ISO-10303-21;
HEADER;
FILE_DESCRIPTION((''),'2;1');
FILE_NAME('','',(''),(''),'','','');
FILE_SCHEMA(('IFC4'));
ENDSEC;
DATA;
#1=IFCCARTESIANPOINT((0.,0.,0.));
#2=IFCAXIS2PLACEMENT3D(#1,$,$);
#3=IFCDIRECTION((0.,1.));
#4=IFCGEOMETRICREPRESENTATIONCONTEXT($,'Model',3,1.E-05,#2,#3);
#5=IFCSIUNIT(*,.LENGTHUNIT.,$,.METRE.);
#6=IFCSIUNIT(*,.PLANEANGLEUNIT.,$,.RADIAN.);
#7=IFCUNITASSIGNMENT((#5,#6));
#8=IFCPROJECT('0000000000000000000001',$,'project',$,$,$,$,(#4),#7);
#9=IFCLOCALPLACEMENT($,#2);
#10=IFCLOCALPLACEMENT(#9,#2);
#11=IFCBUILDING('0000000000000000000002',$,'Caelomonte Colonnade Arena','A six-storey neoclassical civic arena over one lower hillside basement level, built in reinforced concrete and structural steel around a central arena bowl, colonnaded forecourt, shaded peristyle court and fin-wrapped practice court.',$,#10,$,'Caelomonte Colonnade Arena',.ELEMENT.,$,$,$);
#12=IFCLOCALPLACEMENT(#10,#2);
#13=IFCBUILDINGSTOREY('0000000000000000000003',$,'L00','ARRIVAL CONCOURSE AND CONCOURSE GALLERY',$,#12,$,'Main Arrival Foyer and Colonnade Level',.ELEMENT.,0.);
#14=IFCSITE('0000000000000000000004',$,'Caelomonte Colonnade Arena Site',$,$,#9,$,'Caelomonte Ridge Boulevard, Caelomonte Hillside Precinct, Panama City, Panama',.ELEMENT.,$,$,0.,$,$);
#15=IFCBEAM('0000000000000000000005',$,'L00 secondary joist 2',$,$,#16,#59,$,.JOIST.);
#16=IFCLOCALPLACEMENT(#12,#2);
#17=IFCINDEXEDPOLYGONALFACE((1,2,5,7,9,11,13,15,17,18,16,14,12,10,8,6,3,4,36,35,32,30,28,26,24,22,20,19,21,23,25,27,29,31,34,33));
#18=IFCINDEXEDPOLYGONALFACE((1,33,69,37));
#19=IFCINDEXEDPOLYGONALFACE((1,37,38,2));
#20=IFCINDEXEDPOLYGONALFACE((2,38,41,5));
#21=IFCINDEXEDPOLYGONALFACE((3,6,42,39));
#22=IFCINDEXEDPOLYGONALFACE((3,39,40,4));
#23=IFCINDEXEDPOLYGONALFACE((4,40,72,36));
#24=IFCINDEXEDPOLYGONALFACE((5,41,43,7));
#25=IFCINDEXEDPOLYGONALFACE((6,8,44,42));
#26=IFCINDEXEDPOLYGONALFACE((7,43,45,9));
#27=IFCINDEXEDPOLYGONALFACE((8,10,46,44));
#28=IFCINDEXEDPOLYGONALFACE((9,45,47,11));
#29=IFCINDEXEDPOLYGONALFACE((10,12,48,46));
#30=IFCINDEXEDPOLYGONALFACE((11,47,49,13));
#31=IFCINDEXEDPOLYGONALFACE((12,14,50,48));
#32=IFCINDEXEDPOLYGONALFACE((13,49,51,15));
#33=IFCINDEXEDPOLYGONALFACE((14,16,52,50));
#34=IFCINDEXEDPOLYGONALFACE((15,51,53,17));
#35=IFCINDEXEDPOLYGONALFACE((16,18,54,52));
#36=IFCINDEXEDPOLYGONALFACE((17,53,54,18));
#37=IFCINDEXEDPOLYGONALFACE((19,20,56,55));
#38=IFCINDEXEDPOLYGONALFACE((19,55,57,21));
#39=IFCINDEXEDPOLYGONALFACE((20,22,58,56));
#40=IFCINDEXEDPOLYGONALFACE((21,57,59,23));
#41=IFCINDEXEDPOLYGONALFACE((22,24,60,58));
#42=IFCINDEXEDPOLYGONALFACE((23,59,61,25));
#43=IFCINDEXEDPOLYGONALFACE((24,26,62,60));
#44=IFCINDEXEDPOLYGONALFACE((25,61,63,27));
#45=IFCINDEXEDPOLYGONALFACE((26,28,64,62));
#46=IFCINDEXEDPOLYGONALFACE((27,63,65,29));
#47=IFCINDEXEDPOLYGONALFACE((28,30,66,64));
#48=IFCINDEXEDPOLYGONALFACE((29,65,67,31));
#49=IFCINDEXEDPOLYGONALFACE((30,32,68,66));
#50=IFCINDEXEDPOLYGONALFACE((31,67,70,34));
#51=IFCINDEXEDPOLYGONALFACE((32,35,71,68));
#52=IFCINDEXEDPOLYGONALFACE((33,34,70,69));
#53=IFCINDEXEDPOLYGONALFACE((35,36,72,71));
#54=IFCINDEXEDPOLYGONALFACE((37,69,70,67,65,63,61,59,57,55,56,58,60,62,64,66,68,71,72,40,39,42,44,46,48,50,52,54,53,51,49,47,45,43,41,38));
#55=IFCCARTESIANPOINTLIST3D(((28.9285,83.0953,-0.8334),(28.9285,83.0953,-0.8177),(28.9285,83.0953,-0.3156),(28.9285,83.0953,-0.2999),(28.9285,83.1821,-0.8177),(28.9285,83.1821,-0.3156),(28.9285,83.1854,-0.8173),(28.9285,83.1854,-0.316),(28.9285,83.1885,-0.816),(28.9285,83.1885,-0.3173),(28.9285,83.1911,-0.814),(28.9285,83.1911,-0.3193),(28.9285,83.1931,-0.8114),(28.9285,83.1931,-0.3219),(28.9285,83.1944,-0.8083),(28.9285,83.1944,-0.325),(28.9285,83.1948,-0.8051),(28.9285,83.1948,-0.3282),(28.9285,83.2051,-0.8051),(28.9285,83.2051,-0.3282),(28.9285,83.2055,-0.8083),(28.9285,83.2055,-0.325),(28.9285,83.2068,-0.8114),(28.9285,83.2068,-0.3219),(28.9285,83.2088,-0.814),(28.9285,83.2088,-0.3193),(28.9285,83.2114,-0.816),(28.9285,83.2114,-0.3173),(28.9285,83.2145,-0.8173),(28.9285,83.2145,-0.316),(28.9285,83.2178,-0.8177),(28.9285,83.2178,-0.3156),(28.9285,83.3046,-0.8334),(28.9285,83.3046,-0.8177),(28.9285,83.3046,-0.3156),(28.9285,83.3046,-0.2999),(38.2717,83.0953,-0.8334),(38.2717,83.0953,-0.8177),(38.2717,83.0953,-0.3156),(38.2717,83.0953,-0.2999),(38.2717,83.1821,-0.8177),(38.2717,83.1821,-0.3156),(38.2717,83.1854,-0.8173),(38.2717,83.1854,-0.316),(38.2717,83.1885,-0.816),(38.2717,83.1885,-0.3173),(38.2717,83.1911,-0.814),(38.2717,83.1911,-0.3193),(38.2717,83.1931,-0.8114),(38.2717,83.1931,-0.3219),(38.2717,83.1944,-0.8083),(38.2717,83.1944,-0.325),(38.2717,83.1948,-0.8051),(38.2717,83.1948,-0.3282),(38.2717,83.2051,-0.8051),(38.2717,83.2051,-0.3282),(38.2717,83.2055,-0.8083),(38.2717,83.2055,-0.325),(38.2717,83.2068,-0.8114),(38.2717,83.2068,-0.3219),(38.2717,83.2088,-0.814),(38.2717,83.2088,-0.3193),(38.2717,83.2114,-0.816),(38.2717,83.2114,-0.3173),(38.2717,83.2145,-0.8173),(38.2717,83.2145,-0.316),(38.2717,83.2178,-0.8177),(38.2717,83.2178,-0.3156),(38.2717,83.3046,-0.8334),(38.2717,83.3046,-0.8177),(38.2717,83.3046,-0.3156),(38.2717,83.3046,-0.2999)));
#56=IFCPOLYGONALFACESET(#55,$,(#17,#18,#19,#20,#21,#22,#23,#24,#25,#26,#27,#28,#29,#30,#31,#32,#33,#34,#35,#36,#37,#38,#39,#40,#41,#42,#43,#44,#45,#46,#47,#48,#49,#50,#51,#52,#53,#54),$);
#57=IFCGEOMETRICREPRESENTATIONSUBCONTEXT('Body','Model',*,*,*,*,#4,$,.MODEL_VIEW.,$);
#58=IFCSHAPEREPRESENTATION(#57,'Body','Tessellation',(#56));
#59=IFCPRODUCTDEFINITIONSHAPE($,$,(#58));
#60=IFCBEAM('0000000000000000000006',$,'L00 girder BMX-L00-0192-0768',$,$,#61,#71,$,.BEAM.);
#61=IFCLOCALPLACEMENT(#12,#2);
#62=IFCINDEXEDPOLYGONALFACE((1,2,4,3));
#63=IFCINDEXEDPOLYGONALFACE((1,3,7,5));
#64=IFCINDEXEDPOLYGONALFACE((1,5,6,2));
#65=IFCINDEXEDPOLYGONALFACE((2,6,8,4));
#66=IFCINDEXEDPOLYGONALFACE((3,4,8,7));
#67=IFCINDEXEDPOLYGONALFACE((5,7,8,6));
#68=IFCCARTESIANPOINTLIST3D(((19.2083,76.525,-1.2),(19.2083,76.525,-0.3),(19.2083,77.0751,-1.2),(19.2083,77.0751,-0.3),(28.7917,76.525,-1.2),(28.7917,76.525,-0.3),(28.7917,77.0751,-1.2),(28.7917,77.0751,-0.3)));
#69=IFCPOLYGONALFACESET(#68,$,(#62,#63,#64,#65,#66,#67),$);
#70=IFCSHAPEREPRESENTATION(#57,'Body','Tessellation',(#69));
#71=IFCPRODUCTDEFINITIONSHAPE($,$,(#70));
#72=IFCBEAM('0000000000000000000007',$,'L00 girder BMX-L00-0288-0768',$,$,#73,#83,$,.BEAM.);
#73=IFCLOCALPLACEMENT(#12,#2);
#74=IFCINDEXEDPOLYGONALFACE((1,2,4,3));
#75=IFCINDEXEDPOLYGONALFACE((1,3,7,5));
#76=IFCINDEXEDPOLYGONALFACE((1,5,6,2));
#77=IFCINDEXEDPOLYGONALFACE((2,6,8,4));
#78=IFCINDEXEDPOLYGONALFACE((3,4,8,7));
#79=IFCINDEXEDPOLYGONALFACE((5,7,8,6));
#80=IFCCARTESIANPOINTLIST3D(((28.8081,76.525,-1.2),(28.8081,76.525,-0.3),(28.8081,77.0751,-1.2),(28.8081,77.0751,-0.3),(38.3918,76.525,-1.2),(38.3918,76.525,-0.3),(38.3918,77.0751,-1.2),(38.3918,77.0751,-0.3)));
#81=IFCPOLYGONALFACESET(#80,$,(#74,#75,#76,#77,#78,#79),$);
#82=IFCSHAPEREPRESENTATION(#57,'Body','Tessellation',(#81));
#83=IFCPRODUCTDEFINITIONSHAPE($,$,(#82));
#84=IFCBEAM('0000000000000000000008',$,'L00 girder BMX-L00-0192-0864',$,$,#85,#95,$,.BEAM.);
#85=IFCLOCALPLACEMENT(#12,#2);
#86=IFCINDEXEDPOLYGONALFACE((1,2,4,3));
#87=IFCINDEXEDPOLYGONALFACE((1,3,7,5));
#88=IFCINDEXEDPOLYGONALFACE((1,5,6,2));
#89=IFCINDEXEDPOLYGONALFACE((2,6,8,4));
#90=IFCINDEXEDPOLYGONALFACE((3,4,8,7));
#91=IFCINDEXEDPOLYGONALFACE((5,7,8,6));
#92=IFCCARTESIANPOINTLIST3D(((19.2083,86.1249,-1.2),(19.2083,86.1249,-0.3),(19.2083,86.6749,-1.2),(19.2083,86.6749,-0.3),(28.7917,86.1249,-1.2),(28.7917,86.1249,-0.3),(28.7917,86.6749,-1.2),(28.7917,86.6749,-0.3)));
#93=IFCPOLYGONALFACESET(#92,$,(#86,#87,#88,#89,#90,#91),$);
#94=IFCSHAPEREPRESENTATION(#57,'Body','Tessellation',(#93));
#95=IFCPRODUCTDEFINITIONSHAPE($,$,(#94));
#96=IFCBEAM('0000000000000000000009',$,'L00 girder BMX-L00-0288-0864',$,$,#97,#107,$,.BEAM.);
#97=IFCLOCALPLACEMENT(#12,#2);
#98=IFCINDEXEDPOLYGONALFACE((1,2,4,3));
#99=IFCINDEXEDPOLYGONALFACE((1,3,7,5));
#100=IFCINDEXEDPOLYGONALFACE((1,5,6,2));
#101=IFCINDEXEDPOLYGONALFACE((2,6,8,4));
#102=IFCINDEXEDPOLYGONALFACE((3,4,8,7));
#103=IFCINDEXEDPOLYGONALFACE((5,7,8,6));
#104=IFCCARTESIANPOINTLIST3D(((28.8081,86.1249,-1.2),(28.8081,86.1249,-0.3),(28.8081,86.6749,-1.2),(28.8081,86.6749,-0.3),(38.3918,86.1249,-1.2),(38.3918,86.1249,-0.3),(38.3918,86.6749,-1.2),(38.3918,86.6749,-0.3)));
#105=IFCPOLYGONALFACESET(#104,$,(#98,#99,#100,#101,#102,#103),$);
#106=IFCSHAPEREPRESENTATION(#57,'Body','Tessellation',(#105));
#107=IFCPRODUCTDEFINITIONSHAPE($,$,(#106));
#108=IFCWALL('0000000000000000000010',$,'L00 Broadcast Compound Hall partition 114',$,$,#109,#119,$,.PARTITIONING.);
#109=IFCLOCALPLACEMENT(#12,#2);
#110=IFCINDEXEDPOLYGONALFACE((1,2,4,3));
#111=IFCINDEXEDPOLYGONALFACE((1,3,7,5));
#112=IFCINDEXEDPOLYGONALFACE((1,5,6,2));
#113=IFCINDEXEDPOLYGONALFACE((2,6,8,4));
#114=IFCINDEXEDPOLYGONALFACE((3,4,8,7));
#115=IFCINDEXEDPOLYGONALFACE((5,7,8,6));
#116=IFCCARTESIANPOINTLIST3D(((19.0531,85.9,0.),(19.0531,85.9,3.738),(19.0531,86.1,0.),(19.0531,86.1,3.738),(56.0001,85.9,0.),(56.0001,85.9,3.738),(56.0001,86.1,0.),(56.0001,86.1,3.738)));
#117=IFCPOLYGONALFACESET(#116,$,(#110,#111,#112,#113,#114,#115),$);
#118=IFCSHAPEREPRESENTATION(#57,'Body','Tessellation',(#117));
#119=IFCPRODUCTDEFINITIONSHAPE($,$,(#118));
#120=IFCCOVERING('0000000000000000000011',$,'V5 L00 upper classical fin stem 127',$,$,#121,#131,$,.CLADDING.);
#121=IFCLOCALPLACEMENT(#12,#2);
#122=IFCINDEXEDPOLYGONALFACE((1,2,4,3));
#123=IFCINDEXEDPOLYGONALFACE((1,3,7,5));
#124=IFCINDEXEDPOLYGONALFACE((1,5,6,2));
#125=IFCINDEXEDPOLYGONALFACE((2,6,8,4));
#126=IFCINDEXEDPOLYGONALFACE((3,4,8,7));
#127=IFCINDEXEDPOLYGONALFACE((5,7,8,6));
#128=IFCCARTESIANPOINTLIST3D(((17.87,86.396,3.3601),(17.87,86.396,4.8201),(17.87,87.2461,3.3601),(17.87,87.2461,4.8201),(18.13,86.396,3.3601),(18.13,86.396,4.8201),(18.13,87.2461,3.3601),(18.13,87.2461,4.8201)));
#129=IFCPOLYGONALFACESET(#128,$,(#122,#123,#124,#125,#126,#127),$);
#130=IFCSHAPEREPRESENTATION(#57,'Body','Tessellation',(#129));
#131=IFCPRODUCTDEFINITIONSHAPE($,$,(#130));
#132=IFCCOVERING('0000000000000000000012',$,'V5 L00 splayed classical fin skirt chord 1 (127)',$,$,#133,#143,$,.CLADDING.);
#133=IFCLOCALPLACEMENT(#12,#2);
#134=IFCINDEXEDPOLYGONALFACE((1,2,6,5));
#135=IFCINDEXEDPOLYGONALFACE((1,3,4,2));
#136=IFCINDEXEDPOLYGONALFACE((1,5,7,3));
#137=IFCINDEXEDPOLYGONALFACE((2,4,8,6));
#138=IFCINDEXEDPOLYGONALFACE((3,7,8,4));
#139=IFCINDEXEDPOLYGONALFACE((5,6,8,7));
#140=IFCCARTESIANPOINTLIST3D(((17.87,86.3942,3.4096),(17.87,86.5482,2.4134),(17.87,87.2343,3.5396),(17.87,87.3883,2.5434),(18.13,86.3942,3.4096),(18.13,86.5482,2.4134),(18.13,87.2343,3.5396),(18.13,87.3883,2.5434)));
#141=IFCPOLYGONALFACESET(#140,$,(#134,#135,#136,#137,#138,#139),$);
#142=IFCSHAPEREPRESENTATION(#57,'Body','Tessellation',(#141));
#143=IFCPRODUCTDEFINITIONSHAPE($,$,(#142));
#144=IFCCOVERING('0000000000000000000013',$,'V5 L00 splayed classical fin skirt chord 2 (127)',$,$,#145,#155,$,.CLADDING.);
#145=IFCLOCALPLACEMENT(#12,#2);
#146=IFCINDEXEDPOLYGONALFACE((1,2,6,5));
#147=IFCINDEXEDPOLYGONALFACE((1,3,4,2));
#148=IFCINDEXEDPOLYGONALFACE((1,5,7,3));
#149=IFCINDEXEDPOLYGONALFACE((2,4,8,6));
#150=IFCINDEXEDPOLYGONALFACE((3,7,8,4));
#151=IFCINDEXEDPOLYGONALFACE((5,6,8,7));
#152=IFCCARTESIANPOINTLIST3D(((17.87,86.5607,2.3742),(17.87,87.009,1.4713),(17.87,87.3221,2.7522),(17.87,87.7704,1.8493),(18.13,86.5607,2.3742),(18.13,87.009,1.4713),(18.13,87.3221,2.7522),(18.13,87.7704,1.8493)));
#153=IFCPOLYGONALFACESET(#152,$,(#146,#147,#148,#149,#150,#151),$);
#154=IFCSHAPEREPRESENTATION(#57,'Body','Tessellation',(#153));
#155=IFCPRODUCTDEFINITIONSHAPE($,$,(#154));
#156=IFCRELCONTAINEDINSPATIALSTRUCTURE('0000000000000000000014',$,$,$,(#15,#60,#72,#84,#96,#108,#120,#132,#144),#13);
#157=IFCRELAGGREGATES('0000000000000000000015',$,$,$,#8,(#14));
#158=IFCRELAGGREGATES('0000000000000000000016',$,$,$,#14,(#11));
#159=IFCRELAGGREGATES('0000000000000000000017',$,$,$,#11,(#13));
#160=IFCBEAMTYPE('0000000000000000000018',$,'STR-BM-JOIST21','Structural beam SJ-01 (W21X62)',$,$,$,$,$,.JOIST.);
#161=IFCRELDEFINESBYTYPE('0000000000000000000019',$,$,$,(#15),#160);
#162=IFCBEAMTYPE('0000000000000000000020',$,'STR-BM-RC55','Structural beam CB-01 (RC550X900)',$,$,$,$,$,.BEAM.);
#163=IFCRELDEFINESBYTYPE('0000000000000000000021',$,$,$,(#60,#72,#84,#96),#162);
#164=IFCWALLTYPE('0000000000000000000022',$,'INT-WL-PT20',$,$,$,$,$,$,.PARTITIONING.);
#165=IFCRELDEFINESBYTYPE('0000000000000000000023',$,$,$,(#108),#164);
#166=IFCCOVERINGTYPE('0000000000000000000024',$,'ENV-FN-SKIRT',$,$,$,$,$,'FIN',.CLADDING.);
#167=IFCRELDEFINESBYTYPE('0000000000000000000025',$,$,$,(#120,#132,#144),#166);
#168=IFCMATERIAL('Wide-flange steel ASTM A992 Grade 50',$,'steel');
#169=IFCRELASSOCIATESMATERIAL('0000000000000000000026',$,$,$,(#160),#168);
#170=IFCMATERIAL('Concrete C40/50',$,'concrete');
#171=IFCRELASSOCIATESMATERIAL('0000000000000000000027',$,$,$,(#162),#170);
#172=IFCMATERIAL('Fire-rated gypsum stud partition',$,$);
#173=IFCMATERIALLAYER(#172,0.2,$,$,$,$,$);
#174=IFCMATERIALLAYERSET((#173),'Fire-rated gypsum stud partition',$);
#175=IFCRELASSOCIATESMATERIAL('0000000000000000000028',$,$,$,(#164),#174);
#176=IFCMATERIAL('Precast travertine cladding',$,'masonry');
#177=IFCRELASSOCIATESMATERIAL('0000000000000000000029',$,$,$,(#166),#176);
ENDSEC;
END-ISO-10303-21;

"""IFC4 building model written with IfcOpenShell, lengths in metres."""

from ifc_helpers import new_model, si_unit, direction, frame, frame_2d, origin, origin_2d, place, context, subcontext, project, spatial, rectangle, i_section, extrude, material, layer, layer_set, material_profile, profile_set, type_object, element, save


model = new_model("IFC4")

# Units and contexts
model_context = context("Model", 3, precision=1e-05, world=origin(), true_north=direction((0.0, 1.0)))
body_context = subcontext(model_context, "Body", "Model", "MODEL_VIEW")
ifc_project = project(units=[si_unit("LENGTHUNIT", "METRE"), si_unit("PLANEANGLEUNIT", "RADIAN")], contexts=[model_context])

# Site, building, storey
site_placement = place(None, origin())
site = spatial("IfcSite", under=ifc_project, at=site_placement, Name="Caelomonte Colonnade Arena Site", LongName="Caelomonte Ridge Boulevard, Caelomonte Hillside Precinct, Panama City, Panama", CompositionType="ELEMENT", RefElevation=0.0)
building_placement = place(site_placement, origin())
building = spatial("IfcBuilding", under=site, at=building_placement, Name="Caelomonte Colonnade Arena", Description="A six-storey neoclassical civic arena over one lower hillside basement level, built in reinforced concrete and structural steel around a central arena bowl, colonnaded forecourt, shaded peristyle court and fin-wrapped practice court.", LongName="Caelomonte Colonnade Arena", CompositionType="ELEMENT")
storey_placement = place(building_placement, origin())
storey = spatial("IfcBuildingStorey", under=building, at=storey_placement, Name="L00", Description="ARRIVAL CONCOURSE AND CONCOURSE GALLERY", LongName="Main Arrival Foyer and Colonnade Level", CompositionType="ELEMENT", Elevation=0.0)

# Shared definitions
ifc_material_1 = material(Name="Wide-flange steel ASTM A992 Grade 50", Category="steel")

# Beams
ifc_material_profile_1 = material_profile(ifc_material_1, i_section(OverallWidth=0.2092, OverallDepth=0.5334, WebThickness=0.0103, FlangeThickness=0.0156, FilletRadius=0.0127, at=origin_2d()), Name="W21X62")
ifc_profile_set_1 = profile_set([ifc_material_profile_1], Name="Wide-flange steel ASTM A992 Grade 50")
beam_type_1 = type_object("IfcBeamType", Name="STR-BM-JOIST21", Description="Structural beam SJ-01 (W21X62)", PredefinedType="JOIST", material=ifc_profile_set_1)
for number, where, z_axis, x_axis, name in (
    (1, (28.9285, 83.2, -0.5667), (1.0, 0.0, 0.0), (0.0, 1.0, 0.0), "L00 secondary joist 2"),
):
    element("IfcBeam", number, at=place(storey_placement, frame(where, z_axis=z_axis, x_axis=x_axis)), inside=storey, type_object=beam_type_1, Name=name, PredefinedType="JOIST", context=body_context, shape_type="SweptSolid", body=[
        extrude(i_section(OverallWidth=0.2092, OverallDepth=0.5334, WebThickness=0.0103, FlangeThickness=0.0156, FilletRadius=0.0127, at=origin_2d()), origin(), (0.0, 0.0, 1.0), 9.3433),
    ])
ifc_material_2 = material(Name="Concrete C40/50", Category="concrete")
ifc_material_profile_2 = material_profile(ifc_material_2, rectangle(XDim=0.55, YDim=0.8999, at=origin_2d()), Name="RC550X900")
ifc_profile_set_2 = profile_set([ifc_material_profile_2], Name="Concrete C40/50")
beam_type_2 = type_object("IfcBeamType", Name="STR-BM-RC55", Description="Structural beam CB-01 (RC550X900)", PredefinedType="BEAM", material=ifc_profile_set_2)
beam_1_placement = place(storey_placement, frame((19.2083, 76.8, -0.75), z_axis=(1.0, 0.0, 0.0), x_axis=(0.0, 1.0, 0.0)))
element("IfcBeam", 2, at=beam_1_placement, inside=storey, type_object=beam_type_2, Name="L00 girder BMX-L00-0192-0768", PredefinedType="BEAM", context=body_context, shape_type="SweptSolid", body=[
    extrude(rectangle(XDim=0.55, YDim=0.8999, at=origin_2d()), origin(), (0.0, 0.0, 1.0), 9.5835),
])
beam_2_placement = place(storey_placement, frame((28.8081, 76.8, -0.75), z_axis=(1.0, 0.0, 0.0), x_axis=(0.0, 1.0, 0.0)))
element("IfcBeam", 3, at=beam_2_placement, inside=storey, type_object=beam_type_2, Name="L00 girder BMX-L00-0288-0768", PredefinedType="BEAM", context=body_context, shape_type="SweptSolid", body=[
    extrude(rectangle(XDim=0.55, YDim=0.8999, at=origin_2d()), origin(), (0.0, 0.0, 1.0), 9.5837),
])
beam_3_placement = place(storey_placement, frame((19.2083, 86.3999, -0.75), z_axis=(1.0, 0.0, 0.0), x_axis=(0.0, 1.0, 0.0)))
element("IfcBeam", 4, at=beam_3_placement, inside=storey, type_object=beam_type_2, Name="L00 girder BMX-L00-0192-0864", PredefinedType="BEAM", context=body_context, shape_type="SweptSolid", body=[
    extrude(rectangle(XDim=0.55, YDim=0.8999, at=origin_2d()), origin(), (0.0, 0.0, 1.0), 9.5835),
])
beam_4_placement = place(storey_placement, frame((28.8081, 86.3999, -0.75), z_axis=(1.0, 0.0, 0.0), x_axis=(0.0, 1.0, 0.0)))
element("IfcBeam", 5, at=beam_4_placement, inside=storey, type_object=beam_type_2, Name="L00 girder BMX-L00-0288-0864", PredefinedType="BEAM", context=body_context, shape_type="SweptSolid", body=[
    extrude(rectangle(XDim=0.55, YDim=0.8999, at=origin_2d()), origin(), (0.0, 0.0, 1.0), 9.5837),
])

# Wall
ifc_material_3 = material(Name="Fire-rated gypsum stud partition")
ifc_layer_1 = layer(ifc_material_3, 0.2)
ifc_layer_set_1 = layer_set([ifc_layer_1], Name="Fire-rated gypsum stud partition")
wall_type = type_object("IfcWallType", Name="INT-WL-PT20", PredefinedType="PARTITIONING", material=ifc_layer_set_1)
wall_placement = place(storey_placement, frame((19.053, 86.0, 0.0), z_axis=(0.0, 0.0, 1.0), x_axis=(1.0, 0.0, 0.0)))
element("IfcWall", 6, at=wall_placement, inside=storey, type_object=wall_type, Name="L00 Broadcast Compound Hall partition 114", PredefinedType="PARTITIONING", context=body_context, shape_type="SweptSolid", body=[
    extrude(rectangle(XDim=36.947, YDim=0.2, at=frame_2d((18.4736, 0.0))), origin(), (0.0, 0.0, 1.0), 3.738),
])

# Coverings
ifc_material_4 = material(Name="Precast travertine cladding", Category="masonry")
ifc_material_profile_3 = material_profile(ifc_material_4, rectangle(XDim=0.26, YDim=0.8501, at=origin_2d()), Name="FIN260X850")
ifc_profile_set_3 = profile_set([ifc_material_profile_3], Name="Precast travertine cladding")
covering_type = type_object("IfcCoveringType", Name="ENV-FN-SKIRT", ElementType="FIN", PredefinedType="CLADDING", material=ifc_profile_set_3)
covering_placement = place(storey_placement, frame((18.0, 86.821, 3.3601), z_axis=(0.0, 0.0, 1.0), x_axis=(1.0, 0.0, 0.0)))
element("IfcCovering", 7, at=covering_placement, inside=storey, type_object=covering_type, Name="V5 L00 upper classical fin stem 127", PredefinedType="CLADDING", context=body_context, shape_type="SweptSolid", body=[
    extrude(rectangle(XDim=0.26, YDim=0.8501, at=origin_2d()), origin(), (0.0, 0.0, 1.0), 1.46),
])
for number, where, z_axis, x_axis, name in (
    (8, (18.0, 86.8142, 3.4746), (0.0, 0.15284, -0.988251), (-1.0, 0.0, 0.0), "V5 L00 splayed classical fin skirt chord 1 (127)"),
    (9, (18.0, 86.9414, 2.5632), (0.0, 0.444693, -0.895683), (-1.0, 0.0, 0.0), "V5 L00 splayed classical fin skirt chord 2 (127)"),
):
    element("IfcCovering", number, at=place(storey_placement, frame(where, z_axis=z_axis, x_axis=x_axis)), inside=storey, type_object=covering_type, Name=name, PredefinedType="CLADDING", context=body_context, shape_type="SweptSolid", body=[
        extrude(rectangle(XDim=0.26, YDim=0.8501, at=origin_2d()), origin(), (0.0, 0.0, 1.0), 1.0081),
    ])

save(model, "model.ifc")
